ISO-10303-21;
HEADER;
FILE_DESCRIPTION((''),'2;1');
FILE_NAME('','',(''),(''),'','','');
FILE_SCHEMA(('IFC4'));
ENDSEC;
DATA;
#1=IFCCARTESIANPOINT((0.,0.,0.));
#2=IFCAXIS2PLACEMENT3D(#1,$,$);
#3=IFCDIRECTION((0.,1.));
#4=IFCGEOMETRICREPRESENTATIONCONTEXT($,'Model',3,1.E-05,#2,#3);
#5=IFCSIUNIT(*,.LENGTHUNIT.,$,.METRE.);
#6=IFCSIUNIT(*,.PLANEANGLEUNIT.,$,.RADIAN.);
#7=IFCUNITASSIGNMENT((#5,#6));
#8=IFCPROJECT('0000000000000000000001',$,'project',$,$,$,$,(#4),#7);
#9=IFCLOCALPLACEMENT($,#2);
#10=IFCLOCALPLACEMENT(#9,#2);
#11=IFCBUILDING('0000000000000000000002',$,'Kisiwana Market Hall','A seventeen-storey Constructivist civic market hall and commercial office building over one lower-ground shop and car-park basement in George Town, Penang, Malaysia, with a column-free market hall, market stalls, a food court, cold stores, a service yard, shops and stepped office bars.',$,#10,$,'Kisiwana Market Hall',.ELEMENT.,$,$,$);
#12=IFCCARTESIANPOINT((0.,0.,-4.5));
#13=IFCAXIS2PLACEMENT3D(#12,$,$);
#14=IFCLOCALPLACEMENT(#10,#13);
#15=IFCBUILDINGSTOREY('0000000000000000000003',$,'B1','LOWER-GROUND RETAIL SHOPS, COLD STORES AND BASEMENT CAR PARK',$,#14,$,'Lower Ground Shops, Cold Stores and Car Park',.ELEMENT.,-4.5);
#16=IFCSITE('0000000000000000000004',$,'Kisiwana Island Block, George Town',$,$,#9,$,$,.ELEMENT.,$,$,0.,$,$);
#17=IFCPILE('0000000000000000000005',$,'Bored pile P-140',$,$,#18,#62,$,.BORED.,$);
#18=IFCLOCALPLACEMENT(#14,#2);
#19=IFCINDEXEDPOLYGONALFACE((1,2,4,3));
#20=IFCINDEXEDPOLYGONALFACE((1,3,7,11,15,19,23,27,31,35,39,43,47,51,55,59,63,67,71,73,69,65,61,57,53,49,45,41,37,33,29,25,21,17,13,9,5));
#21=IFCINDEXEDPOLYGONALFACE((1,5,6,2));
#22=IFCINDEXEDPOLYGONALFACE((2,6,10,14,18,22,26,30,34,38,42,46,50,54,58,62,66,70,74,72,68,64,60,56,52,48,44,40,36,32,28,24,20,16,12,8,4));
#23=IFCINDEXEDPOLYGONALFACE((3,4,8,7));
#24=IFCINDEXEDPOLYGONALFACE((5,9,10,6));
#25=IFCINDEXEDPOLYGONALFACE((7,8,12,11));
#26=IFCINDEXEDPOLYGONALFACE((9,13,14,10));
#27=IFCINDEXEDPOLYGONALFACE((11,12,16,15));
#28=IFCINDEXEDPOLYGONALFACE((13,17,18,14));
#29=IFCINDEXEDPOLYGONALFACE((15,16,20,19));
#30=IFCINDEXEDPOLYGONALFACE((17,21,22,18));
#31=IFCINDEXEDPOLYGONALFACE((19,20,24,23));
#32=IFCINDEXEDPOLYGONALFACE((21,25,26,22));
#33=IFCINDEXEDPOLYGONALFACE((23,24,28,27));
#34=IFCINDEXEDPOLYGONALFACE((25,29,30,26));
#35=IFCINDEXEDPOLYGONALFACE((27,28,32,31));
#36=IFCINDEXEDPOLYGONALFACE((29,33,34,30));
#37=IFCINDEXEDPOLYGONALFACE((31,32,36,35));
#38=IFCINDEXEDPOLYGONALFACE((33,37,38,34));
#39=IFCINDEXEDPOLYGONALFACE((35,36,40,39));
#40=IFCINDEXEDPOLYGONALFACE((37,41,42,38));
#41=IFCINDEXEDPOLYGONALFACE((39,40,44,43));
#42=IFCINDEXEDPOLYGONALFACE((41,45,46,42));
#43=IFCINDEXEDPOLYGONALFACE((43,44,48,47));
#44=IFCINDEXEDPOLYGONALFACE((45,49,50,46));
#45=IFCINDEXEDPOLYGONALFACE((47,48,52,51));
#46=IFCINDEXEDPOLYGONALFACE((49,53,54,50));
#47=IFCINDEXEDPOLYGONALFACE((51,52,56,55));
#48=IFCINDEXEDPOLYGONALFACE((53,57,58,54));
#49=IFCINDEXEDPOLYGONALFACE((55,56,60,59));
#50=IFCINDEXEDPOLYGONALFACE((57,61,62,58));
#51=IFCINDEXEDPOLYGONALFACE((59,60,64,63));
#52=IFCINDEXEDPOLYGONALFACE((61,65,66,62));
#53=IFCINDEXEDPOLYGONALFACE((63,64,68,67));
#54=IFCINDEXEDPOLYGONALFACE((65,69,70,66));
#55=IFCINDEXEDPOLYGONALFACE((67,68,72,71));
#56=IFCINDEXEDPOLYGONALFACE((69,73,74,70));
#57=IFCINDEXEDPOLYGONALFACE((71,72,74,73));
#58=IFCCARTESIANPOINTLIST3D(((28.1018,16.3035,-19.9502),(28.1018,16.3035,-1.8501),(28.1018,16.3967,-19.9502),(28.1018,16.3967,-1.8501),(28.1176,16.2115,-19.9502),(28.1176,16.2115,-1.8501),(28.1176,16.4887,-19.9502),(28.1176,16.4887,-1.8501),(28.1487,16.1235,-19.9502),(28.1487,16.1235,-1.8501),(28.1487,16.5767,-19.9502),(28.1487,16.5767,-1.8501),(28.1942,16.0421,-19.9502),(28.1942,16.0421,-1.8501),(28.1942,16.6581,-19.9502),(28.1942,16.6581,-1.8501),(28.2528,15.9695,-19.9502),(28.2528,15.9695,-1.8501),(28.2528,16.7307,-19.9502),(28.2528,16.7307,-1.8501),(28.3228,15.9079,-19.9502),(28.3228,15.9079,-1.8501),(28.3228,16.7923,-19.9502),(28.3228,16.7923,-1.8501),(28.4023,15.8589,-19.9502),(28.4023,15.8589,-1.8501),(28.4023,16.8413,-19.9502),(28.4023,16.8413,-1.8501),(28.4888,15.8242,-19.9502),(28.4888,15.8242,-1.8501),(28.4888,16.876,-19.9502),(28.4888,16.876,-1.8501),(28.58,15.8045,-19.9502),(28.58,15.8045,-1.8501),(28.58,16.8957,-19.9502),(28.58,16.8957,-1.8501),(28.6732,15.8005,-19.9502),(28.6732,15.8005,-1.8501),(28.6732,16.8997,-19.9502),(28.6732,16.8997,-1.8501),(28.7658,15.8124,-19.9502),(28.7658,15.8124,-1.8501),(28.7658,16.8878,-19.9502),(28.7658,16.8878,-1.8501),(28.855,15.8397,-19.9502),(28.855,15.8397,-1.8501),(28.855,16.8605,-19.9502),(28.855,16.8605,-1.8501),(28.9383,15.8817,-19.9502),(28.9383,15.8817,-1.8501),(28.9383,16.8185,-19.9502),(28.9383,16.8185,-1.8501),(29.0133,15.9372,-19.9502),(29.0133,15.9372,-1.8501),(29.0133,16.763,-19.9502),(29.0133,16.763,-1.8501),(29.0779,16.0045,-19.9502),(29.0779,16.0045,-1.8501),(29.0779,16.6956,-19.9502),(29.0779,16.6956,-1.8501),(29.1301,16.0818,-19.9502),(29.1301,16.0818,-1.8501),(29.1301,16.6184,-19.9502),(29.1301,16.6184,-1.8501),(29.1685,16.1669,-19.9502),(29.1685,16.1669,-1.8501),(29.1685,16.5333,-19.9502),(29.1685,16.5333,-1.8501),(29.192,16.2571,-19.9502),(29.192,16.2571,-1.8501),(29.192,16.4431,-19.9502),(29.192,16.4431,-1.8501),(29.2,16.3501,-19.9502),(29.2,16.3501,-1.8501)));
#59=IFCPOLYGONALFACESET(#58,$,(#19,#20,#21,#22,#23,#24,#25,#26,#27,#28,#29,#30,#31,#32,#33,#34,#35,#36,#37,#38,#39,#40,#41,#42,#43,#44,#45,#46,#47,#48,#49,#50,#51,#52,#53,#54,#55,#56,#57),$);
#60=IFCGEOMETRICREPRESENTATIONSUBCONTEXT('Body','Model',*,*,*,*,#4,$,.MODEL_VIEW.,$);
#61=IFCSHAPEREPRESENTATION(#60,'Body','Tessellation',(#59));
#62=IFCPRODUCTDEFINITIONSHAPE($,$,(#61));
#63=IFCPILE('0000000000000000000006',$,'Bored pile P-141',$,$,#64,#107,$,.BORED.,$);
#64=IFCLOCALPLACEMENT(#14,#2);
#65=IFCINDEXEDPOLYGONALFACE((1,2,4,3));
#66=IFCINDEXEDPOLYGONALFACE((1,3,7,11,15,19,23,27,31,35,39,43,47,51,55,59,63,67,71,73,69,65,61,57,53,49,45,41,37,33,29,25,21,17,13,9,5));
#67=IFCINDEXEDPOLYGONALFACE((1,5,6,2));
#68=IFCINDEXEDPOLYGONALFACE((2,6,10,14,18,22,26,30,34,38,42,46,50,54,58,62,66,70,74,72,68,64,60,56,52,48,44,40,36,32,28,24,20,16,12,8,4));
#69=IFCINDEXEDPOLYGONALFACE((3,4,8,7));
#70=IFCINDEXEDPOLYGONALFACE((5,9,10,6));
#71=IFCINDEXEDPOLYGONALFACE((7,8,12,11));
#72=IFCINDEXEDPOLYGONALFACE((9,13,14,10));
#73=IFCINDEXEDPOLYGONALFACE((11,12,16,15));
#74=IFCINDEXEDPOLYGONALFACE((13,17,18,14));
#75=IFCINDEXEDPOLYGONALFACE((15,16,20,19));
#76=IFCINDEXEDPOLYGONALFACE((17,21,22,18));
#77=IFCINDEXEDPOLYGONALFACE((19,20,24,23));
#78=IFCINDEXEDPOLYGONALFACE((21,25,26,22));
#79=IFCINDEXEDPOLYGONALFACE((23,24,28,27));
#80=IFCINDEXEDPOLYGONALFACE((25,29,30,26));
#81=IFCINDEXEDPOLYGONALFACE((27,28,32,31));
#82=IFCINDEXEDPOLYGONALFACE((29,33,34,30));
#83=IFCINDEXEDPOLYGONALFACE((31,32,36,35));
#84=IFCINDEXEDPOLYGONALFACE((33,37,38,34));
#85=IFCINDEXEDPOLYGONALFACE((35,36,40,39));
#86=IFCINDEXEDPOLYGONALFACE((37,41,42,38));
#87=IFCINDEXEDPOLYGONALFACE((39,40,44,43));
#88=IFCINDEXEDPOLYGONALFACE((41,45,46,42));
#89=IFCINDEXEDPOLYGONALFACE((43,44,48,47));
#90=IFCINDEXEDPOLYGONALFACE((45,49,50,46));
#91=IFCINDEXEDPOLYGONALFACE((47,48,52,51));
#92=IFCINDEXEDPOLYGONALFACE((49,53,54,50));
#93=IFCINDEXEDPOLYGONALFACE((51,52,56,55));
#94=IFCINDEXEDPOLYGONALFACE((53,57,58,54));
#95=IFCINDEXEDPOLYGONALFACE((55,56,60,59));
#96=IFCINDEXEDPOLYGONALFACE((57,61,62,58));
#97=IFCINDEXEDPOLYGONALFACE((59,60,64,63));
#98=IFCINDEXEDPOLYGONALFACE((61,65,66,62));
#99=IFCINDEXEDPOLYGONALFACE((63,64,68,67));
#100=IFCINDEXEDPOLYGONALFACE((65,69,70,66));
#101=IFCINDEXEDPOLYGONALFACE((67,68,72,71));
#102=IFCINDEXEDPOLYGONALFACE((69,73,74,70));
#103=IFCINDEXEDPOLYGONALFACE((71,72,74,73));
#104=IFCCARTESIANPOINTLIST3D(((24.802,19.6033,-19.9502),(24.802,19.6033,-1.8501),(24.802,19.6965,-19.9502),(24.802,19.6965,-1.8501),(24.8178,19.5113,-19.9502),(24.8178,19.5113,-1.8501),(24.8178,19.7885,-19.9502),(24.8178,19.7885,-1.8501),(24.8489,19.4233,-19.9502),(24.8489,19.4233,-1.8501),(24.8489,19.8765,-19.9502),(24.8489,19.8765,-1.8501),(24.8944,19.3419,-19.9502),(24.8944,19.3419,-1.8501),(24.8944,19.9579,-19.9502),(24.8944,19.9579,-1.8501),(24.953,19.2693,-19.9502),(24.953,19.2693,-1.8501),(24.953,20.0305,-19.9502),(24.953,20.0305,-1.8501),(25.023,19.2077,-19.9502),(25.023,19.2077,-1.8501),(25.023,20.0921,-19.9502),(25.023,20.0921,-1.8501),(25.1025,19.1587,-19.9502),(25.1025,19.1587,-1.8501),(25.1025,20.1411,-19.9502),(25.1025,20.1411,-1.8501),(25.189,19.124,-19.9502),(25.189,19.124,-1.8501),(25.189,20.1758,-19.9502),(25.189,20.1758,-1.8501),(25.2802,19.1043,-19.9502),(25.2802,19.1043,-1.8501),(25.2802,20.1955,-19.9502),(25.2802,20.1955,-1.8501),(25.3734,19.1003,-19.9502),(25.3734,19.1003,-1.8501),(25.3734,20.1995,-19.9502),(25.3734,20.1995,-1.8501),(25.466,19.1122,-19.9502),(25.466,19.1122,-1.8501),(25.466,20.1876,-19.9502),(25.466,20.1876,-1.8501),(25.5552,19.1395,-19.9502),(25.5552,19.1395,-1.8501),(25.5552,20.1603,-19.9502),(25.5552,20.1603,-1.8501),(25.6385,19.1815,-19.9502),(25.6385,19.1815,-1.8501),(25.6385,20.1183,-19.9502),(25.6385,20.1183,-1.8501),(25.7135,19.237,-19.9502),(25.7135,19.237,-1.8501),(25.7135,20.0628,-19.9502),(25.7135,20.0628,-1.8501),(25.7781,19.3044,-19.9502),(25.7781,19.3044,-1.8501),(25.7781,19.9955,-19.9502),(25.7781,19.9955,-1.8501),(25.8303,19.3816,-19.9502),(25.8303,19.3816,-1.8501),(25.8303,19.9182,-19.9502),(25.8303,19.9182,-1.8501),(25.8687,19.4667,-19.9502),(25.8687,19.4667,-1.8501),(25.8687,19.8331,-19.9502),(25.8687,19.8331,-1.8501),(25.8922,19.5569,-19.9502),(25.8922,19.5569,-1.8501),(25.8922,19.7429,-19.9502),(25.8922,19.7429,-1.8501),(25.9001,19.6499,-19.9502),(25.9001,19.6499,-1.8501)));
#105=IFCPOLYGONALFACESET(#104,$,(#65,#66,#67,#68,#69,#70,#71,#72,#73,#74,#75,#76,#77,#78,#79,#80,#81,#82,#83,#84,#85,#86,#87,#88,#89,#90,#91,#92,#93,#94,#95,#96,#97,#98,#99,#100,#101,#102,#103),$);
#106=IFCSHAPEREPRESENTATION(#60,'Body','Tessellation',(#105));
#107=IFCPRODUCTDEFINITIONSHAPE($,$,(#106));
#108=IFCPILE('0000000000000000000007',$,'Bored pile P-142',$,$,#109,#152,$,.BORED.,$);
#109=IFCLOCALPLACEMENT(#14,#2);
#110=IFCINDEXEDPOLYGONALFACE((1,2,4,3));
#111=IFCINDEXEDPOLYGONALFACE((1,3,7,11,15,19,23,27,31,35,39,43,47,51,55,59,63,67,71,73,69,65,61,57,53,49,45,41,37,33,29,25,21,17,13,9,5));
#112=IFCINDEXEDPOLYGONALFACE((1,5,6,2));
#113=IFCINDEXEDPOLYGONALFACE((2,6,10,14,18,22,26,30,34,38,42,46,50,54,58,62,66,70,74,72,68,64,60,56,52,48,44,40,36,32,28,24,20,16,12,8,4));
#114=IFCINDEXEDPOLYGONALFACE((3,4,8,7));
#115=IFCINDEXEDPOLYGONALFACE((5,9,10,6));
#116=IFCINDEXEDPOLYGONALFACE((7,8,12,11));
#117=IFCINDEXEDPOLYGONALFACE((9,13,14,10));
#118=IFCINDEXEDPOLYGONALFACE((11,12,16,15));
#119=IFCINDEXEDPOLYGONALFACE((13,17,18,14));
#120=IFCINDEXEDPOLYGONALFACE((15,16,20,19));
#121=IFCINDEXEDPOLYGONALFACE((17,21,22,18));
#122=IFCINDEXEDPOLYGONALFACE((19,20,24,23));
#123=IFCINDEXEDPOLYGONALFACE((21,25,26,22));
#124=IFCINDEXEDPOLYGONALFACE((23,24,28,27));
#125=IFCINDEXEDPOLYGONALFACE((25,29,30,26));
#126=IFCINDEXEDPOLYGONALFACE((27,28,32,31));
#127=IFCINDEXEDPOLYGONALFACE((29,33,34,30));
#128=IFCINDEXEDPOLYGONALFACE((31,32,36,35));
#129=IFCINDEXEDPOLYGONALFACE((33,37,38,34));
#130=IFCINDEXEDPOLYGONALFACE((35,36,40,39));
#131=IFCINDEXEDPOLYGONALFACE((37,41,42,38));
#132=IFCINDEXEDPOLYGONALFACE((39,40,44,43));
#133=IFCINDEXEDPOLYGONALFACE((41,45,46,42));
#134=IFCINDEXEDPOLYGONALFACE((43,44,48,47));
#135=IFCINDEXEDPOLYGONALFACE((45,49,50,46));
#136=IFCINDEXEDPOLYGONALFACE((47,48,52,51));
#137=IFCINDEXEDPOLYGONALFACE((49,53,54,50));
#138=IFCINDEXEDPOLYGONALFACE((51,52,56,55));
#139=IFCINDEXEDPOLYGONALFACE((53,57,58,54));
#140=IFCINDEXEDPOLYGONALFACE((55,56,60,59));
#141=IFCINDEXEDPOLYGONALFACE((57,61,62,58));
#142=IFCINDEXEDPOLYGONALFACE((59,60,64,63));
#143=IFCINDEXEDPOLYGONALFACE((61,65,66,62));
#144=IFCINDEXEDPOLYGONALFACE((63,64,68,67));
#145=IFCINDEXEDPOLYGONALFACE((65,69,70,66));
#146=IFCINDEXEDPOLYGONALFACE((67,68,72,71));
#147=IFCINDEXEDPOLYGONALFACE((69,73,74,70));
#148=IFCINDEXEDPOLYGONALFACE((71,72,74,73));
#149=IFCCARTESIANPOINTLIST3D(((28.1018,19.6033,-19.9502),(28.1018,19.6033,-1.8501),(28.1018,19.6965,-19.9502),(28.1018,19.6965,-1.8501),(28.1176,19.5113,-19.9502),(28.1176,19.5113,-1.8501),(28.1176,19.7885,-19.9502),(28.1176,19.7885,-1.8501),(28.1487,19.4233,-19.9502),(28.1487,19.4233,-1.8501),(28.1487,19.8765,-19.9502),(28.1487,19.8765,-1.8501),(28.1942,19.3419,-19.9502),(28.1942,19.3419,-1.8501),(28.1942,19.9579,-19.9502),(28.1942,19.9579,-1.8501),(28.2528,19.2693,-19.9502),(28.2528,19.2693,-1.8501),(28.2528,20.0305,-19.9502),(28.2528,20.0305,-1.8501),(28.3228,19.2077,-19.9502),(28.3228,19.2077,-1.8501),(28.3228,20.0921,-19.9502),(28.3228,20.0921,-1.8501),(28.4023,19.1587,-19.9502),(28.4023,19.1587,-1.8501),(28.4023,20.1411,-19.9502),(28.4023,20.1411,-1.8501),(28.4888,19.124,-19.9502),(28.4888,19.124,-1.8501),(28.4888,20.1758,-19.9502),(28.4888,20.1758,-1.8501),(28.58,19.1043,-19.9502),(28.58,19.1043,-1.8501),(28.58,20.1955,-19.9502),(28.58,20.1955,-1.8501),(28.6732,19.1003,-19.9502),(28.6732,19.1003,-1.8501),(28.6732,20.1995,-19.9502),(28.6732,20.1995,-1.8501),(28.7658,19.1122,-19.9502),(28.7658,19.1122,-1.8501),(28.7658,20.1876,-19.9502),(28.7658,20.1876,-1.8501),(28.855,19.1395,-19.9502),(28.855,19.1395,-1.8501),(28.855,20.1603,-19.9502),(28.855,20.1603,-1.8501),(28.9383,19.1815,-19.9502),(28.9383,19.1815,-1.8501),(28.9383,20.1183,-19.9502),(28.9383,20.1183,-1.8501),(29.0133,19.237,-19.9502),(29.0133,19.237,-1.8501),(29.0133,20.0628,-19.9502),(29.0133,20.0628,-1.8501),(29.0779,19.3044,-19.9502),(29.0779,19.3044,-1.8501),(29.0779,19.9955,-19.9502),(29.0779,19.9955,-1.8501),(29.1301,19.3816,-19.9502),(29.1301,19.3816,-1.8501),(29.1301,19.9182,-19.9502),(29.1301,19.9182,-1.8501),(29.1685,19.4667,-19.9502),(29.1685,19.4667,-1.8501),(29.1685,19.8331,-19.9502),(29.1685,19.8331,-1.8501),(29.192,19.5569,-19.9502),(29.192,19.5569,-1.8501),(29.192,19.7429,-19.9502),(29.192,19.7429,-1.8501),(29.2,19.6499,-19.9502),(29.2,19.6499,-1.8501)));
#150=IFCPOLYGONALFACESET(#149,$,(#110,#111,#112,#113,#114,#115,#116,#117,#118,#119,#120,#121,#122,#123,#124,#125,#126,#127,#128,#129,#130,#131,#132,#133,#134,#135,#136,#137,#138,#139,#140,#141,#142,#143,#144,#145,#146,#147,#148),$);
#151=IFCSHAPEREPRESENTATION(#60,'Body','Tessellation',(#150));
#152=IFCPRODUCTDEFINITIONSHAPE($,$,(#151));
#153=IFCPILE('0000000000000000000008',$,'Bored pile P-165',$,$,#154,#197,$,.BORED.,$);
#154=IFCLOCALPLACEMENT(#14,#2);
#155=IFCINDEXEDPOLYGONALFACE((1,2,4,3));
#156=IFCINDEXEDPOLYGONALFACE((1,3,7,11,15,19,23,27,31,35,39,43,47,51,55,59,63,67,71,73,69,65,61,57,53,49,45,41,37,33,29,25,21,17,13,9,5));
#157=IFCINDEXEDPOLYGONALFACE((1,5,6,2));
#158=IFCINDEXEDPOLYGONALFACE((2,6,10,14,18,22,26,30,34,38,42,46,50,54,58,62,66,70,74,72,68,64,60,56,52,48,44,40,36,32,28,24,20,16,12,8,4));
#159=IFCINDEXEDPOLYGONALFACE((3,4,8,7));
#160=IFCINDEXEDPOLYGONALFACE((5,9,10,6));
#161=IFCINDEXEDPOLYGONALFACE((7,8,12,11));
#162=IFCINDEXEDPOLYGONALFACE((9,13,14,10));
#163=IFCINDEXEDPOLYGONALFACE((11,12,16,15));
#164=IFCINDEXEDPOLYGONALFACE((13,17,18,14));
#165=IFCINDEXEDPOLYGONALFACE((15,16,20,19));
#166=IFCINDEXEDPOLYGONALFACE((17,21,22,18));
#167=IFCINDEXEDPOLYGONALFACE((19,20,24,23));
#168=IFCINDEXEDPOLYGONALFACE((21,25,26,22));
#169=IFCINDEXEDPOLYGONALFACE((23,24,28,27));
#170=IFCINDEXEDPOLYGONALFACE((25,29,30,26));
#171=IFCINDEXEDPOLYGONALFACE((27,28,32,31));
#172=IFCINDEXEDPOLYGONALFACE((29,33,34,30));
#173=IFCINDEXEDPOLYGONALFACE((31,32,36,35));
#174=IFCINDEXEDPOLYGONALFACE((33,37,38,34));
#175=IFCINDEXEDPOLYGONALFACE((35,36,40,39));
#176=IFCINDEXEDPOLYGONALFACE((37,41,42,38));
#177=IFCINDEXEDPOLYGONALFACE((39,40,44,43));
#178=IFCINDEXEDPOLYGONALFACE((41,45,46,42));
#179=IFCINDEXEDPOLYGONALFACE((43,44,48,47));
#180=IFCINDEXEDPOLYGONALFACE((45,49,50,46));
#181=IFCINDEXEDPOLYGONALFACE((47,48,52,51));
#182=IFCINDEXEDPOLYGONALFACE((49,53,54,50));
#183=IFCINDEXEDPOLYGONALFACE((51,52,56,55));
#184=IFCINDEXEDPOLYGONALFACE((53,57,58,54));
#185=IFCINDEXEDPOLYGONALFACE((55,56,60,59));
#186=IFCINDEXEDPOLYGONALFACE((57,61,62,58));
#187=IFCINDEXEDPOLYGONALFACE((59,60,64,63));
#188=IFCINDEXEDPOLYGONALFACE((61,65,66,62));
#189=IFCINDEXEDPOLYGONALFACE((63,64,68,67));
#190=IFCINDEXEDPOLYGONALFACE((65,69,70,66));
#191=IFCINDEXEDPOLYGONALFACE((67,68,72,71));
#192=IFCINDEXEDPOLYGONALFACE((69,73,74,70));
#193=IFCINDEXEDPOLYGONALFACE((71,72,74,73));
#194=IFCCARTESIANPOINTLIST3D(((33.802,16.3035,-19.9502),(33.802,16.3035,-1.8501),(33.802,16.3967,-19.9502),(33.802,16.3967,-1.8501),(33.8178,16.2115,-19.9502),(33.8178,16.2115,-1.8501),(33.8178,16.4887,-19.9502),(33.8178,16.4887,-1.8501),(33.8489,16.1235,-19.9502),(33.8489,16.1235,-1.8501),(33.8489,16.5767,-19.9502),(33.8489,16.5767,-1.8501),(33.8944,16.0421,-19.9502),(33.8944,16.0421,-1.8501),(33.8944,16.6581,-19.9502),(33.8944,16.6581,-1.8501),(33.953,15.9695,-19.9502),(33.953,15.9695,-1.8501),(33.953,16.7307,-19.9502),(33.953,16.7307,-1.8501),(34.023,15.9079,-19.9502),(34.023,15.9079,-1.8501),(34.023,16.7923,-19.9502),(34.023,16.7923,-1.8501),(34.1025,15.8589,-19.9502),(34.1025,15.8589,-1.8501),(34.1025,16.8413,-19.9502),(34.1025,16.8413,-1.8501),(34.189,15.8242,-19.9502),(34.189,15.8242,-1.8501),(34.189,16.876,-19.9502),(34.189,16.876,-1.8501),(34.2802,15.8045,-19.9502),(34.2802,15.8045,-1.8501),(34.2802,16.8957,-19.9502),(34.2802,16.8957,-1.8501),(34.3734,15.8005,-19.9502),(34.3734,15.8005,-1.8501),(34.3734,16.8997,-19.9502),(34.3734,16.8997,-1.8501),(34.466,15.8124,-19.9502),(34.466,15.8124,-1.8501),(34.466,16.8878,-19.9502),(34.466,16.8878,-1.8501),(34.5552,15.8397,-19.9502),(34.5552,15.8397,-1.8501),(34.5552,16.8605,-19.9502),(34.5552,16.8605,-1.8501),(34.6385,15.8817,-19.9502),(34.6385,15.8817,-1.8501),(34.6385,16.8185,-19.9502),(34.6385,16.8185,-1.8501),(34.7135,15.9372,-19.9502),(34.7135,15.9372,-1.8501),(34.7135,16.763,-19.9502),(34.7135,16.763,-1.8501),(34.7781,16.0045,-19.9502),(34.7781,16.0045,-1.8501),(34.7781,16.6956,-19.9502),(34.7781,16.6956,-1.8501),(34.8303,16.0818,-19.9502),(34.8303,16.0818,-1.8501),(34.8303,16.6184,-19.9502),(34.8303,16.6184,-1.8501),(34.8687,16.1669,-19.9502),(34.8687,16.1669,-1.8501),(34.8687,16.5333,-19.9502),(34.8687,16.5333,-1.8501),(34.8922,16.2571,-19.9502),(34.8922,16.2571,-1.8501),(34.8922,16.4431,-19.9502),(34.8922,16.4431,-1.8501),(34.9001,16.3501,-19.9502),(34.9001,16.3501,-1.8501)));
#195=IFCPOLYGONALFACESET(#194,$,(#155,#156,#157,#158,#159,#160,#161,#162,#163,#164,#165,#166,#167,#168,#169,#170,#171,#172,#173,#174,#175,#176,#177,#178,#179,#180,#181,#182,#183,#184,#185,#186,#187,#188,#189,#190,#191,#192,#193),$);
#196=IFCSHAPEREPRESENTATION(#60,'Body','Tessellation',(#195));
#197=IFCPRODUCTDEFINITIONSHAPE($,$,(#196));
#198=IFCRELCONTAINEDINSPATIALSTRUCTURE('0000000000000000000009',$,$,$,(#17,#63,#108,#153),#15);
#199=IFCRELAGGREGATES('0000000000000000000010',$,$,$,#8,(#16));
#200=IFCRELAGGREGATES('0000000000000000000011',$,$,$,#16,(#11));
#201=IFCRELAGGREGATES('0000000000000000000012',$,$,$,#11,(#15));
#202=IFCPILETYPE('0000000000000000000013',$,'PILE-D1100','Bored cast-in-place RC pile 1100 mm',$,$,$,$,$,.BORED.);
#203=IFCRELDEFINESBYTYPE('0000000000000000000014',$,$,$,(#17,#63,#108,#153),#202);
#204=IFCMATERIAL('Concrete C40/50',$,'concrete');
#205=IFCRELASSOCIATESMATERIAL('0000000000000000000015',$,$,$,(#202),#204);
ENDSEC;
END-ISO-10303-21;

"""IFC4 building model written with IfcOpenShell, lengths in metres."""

from ifc_helpers import new_model, si_unit, direction, frame, origin, origin_2d, place, context, subcontext, project, spatial, circle, extrude, material, material_profile, profile_set, type_object, element, save


model = new_model("IFC4")

# Units and contexts
model_context = context("Model", 3, precision=1e-05, world=origin(), true_north=direction((0.0, 1.0)))
body_context = subcontext(model_context, "Body", "Model", "MODEL_VIEW")
ifc_project = project(units=[si_unit("LENGTHUNIT", "METRE"), si_unit("PLANEANGLEUNIT", "RADIAN")], contexts=[model_context])

# Site, building, storey
site_placement = place(None, origin())
site = spatial("IfcSite", under=ifc_project, at=site_placement, Name="Kisiwana Island Block, George Town", CompositionType="ELEMENT", RefElevation=0.0)
building_placement = place(site_placement, origin())
building = spatial("IfcBuilding", under=site, at=building_placement, Name="Kisiwana Market Hall", Description="A seventeen-storey Constructivist civic market hall and commercial office building over one lower-ground shop and car-park basement in George Town, Penang, Malaysia, with a column-free market hall, market stalls, a food court, cold stores, a service yard, shops and stepped office bars.", LongName="Kisiwana Market Hall", CompositionType="ELEMENT")
storey_placement = place(building_placement, frame((0.0, 0.0, -4.5)))
storey = spatial("IfcBuildingStorey", under=building, at=storey_placement, Name="B1", Description="LOWER-GROUND RETAIL SHOPS, COLD STORES AND BASEMENT CAR PARK", LongName="Lower Ground Shops, Cold Stores and Car Park", CompositionType="ELEMENT", Elevation=-4.5)

# Piles
ifc_material_1 = material(Name="Concrete C40/50", Category="concrete")
ifc_material_profile_1 = material_profile(ifc_material_1, circle(Radius=0.55, at=origin_2d()), Name="BP D1100")
ifc_profile_set_1 = profile_set([ifc_material_profile_1], Name="Concrete C40/50")
pile_type_1 = type_object("IfcPileType", Name="PILE-D1100", Description="Bored cast-in-place RC pile 1100 mm", PredefinedType="BORED", material=ifc_profile_set_1)
for number, where, z_axis, x_axis, name in (
    (1, (28.6499, 16.3501, -1.8501), (0.0, 0.0, -1.0), (1.0, 0.0, 0.0), "Bored pile P-140"),
    (2, (25.3501, 19.6499, -1.8501), (0.0, 0.0, -1.0), (1.0, 0.0, 0.0), "Bored pile P-141"),
    (3, (28.6499, 19.6499, -1.8501), (0.0, 0.0, -1.0), (1.0, 0.0, 0.0), "Bored pile P-142"),
    (4, (34.3501, 16.3501, -1.8501), (0.0, 0.0, -1.0), (1.0, 0.0, 0.0), "Bored pile P-165"),
):
    element("IfcPile", number, at=place(storey_placement, frame(where, z_axis=z_axis, x_axis=x_axis)), inside=storey, type_object=pile_type_1, Name=name, PredefinedType="BORED", context=body_context, shape_type="SweptSolid", body=[
        extrude(circle(Radius=0.55, at=origin_2d()), origin(), (0.0, 0.0, 1.0), 18.1001),
    ])

save(model, "model.ifc")
